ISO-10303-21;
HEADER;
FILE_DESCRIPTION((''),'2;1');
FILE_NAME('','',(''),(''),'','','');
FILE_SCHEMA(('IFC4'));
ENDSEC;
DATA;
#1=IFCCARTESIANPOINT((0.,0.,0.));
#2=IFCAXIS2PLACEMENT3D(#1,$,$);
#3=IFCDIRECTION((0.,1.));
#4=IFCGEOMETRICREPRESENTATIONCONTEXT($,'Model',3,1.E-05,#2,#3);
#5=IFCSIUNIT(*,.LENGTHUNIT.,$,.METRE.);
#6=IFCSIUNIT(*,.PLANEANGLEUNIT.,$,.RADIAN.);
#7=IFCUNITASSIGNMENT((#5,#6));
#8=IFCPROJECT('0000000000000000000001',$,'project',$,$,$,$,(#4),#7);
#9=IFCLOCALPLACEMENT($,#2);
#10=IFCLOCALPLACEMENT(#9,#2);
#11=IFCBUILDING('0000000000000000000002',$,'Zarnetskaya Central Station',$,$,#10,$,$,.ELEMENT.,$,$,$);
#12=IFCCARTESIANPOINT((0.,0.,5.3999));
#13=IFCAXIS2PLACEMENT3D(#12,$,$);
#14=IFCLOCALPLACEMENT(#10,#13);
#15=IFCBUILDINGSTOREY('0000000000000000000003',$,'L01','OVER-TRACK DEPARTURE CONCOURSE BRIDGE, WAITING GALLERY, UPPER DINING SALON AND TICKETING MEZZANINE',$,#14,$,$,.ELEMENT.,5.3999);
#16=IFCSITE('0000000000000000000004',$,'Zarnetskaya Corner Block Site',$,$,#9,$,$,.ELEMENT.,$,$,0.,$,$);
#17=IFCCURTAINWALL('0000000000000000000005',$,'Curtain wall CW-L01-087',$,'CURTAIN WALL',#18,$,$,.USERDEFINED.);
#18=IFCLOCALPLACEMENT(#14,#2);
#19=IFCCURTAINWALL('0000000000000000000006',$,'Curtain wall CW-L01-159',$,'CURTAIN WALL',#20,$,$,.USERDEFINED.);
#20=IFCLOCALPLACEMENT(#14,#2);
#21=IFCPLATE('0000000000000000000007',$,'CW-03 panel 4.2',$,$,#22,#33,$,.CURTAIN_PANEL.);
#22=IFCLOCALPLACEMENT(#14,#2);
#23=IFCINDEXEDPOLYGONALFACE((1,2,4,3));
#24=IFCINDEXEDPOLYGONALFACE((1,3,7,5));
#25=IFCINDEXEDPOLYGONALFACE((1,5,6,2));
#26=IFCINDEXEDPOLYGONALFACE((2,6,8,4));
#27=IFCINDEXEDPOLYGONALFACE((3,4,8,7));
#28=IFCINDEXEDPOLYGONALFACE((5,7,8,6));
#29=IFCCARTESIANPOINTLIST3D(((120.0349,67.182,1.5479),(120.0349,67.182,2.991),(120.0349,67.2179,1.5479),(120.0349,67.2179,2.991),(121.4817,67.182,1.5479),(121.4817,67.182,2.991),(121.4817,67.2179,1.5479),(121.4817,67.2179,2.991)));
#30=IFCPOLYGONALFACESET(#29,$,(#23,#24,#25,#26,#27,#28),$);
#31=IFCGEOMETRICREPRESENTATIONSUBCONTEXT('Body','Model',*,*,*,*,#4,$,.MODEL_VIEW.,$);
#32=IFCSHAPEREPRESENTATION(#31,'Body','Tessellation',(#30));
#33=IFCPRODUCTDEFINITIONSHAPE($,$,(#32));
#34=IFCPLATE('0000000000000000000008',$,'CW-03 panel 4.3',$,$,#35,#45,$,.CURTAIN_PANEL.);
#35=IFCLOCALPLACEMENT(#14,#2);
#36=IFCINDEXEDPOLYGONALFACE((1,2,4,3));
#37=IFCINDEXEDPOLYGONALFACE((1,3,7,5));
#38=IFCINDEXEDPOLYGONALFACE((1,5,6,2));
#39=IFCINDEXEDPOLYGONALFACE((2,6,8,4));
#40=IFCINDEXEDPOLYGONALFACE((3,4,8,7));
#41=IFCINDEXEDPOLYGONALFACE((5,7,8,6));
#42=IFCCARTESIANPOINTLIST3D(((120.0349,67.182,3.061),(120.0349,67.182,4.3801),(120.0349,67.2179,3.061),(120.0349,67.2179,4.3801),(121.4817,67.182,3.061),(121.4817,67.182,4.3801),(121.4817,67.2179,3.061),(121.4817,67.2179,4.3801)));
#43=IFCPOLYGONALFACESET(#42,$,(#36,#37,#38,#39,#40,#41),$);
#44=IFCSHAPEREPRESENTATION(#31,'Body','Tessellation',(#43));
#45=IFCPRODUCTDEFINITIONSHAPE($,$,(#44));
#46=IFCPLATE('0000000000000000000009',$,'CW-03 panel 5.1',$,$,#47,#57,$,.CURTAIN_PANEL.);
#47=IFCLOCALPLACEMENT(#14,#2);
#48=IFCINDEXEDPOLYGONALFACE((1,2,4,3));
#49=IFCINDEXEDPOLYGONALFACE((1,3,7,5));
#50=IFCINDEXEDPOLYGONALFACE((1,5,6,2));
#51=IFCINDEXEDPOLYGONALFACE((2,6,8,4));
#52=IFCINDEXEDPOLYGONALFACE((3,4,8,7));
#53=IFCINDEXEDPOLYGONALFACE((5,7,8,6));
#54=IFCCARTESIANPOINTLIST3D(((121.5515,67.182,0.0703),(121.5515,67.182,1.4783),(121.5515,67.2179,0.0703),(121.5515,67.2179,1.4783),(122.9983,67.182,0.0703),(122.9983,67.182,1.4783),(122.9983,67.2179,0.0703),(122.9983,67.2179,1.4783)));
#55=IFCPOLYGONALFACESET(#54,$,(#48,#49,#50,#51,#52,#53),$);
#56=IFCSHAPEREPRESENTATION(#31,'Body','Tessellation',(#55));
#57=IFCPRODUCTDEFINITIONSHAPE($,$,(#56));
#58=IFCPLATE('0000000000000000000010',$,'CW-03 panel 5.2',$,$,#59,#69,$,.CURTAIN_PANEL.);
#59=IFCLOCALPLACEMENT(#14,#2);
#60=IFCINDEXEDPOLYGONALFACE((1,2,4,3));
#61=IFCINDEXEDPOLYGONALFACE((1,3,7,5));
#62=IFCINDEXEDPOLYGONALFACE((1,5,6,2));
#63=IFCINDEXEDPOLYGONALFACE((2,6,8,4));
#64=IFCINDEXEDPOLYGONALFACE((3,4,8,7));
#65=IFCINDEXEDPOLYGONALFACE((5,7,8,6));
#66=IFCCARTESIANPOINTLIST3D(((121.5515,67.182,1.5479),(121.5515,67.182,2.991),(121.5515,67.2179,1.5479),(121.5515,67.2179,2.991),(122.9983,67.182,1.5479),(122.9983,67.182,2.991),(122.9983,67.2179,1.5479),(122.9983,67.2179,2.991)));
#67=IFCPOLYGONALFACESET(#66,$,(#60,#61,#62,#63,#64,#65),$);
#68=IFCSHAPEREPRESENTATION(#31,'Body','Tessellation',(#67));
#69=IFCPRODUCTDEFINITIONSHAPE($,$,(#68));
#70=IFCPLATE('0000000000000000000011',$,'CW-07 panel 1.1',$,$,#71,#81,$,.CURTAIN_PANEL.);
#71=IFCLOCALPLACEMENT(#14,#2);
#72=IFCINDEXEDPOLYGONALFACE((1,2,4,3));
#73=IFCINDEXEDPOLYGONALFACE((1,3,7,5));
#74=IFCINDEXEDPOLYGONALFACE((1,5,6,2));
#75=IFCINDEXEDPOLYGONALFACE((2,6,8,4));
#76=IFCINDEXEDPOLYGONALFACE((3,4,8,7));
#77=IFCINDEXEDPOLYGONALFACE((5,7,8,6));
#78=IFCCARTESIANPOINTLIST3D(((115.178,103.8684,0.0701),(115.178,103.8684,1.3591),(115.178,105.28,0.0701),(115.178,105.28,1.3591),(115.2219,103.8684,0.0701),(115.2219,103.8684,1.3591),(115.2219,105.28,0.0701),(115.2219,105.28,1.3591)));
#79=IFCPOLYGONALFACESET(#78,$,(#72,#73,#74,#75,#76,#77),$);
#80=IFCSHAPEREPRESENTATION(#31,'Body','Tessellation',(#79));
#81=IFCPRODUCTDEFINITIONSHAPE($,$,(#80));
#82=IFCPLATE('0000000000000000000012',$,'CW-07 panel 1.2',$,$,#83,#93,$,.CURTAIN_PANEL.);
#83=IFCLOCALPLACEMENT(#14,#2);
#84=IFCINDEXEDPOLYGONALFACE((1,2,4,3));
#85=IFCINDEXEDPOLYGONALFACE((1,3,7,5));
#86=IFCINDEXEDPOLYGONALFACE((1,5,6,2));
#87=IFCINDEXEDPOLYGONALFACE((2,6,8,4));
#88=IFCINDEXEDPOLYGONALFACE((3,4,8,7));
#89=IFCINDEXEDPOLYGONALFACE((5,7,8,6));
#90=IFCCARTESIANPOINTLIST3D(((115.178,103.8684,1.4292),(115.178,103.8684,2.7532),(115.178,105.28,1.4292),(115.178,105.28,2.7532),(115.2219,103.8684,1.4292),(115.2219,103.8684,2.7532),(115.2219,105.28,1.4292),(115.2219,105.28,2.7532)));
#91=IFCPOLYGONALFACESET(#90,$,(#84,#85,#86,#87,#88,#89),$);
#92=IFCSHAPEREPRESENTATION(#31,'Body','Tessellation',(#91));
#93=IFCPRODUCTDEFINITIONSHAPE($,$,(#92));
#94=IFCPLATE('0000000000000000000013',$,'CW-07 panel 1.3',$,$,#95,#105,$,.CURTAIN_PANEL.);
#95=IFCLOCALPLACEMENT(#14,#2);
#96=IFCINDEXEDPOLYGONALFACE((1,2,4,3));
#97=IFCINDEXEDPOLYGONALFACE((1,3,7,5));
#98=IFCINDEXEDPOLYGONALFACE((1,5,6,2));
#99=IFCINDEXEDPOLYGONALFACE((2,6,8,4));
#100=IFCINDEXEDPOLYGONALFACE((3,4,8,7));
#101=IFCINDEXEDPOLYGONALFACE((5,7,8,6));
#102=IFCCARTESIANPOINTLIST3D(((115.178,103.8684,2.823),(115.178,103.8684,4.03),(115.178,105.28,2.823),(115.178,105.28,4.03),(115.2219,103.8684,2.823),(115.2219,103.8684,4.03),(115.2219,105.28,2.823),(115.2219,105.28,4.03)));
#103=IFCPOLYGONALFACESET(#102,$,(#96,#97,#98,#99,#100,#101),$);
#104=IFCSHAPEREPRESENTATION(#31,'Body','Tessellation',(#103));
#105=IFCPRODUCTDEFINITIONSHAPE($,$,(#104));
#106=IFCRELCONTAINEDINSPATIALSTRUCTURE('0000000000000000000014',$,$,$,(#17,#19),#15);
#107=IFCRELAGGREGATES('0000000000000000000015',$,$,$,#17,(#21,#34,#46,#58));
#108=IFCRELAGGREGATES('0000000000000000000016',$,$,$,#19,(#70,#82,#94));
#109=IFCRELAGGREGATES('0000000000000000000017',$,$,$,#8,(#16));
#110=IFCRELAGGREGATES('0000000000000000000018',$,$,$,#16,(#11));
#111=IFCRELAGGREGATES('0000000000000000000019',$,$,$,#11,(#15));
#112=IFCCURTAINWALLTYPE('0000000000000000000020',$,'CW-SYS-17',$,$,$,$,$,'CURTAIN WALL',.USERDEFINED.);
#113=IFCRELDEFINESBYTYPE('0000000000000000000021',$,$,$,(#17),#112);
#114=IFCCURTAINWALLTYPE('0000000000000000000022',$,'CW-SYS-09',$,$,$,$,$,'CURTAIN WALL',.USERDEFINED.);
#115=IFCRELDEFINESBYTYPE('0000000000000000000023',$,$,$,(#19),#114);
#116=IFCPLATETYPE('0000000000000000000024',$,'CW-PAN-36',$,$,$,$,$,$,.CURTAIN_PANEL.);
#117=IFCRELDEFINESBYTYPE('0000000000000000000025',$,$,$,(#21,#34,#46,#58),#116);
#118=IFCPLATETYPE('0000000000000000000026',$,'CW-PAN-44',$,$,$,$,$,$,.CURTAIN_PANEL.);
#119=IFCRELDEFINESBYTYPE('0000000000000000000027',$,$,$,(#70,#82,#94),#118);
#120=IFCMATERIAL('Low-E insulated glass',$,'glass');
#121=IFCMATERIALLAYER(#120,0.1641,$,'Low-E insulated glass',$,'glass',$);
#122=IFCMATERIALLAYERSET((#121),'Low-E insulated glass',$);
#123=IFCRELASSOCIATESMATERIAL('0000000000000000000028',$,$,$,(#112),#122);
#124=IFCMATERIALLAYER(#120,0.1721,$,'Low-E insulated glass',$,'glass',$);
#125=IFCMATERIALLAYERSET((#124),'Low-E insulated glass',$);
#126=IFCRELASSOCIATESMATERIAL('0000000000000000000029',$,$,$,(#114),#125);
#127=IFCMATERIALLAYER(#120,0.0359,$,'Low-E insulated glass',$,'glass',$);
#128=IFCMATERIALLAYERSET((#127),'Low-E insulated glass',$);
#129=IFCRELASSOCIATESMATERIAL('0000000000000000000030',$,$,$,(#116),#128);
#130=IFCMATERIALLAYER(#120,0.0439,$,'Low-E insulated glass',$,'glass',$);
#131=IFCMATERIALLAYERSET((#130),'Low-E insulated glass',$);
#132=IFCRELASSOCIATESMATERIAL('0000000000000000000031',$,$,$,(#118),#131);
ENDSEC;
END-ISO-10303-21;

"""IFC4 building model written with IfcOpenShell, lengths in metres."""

from ifc_helpers import new_model, si_unit, direction, frame, origin, origin_2d, place, context, subcontext, project, spatial, rectangle, extrude, material, layer, layer_set, type_object, element, aggregate, save


model = new_model("IFC4")

# Units and contexts
model_context = context("Model", 3, precision=1e-05, world=origin(), true_north=direction((0.0, 1.0)))
body_context = subcontext(model_context, "Body", "Model", "MODEL_VIEW")
ifc_project = project(units=[si_unit("LENGTHUNIT", "METRE"), si_unit("PLANEANGLEUNIT", "RADIAN")], contexts=[model_context])

# Site, building, storey
site_placement = place(None, origin())
site = spatial("IfcSite", under=ifc_project, at=site_placement, Name="Zarnetskaya Corner Block Site", CompositionType="ELEMENT", RefElevation=0.0)
building_placement = place(site_placement, origin())
building = spatial("IfcBuilding", under=site, at=building_placement, Name="Zarnetskaya Central Station", CompositionType="ELEMENT")
storey_placement = place(building_placement, frame((0.0, 0.0, 5.3999)))
storey = spatial("IfcBuildingStorey", under=building, at=storey_placement, Name="L01", Description="OVER-TRACK DEPARTURE CONCOURSE BRIDGE, WAITING GALLERY, UPPER DINING SALON AND TICKETING MEZZANINE", CompositionType="ELEMENT", Elevation=5.3999)

# Curtain wall
ifc_material_1 = material(Name="Low-E insulated glass", Category="glass")
ifc_layer_1 = layer(ifc_material_1, 0.1641, Name="Low-E insulated glass", Category="glass")
ifc_layer_set_1 = layer_set([ifc_layer_1], Name="Low-E insulated glass")
curtain_wall_type_1 = type_object("IfcCurtainWallType", Name="CW-SYS-17", ElementType="CURTAIN WALL", PredefinedType="USERDEFINED", material=ifc_layer_set_1)
curtain_wall_1_placement = place(storey_placement, origin())
curtain_wall_1 = element("IfcCurtainWall", 1, at=curtain_wall_1_placement, inside=storey, type_object=curtain_wall_type_1, Name="Curtain wall CW-L01-087", ObjectType="CURTAIN WALL", PredefinedType="USERDEFINED")

# Curtain wall
ifc_layer_2 = layer(ifc_material_1, 0.1721, Name="Low-E insulated glass", Category="glass")
ifc_layer_set_2 = layer_set([ifc_layer_2], Name="Low-E insulated glass")
curtain_wall_type_2 = type_object("IfcCurtainWallType", Name="CW-SYS-09", ElementType="CURTAIN WALL", PredefinedType="USERDEFINED", material=ifc_layer_set_2)
curtain_wall_2_placement = place(storey_placement, origin())
curtain_wall_2 = element("IfcCurtainWall", 2, at=curtain_wall_2_placement, inside=storey, type_object=curtain_wall_type_2, Name="Curtain wall CW-L01-159", ObjectType="CURTAIN WALL", PredefinedType="USERDEFINED")

# Plates
ifc_layer_3 = layer(ifc_material_1, 0.0359, Name="Low-E insulated glass", Category="glass")
ifc_layer_set_3 = layer_set([ifc_layer_3], Name="Low-E insulated glass")
plate_type_1 = type_object("IfcPlateType", Name="CW-PAN-36", PredefinedType="CURTAIN_PANEL", material=ifc_layer_set_3)
plate_1_placement = place(storey_placement, frame((120.7583, 67.2, 1.5479), z_axis=(0.0, 0.0, 1.0), x_axis=(1.0, 0.0, 0.0)))
plate_1 = element("IfcPlate", 3, at=plate_1_placement, type_object=plate_type_1, Name="CW-03 panel 4.2", PredefinedType="CURTAIN_PANEL", context=body_context, shape_type="SweptSolid", body=[
    extrude(rectangle(XDim=1.4468, YDim=0.0359, at=origin_2d()), origin(), (0.0, 0.0, 1.0), 1.4431),
])
plate_2_placement = place(storey_placement, frame((120.7583, 67.2, 3.061), z_axis=(0.0, 0.0, 1.0), x_axis=(1.0, 0.0, 0.0)))
plate_2 = element("IfcPlate", 4, at=plate_2_placement, type_object=plate_type_1, Name="CW-03 panel 4.3", PredefinedType="CURTAIN_PANEL", context=body_context, shape_type="SweptSolid", body=[
    extrude(rectangle(XDim=1.4468, YDim=0.0359, at=origin_2d()), origin(), (0.0, 0.0, 1.0), 1.3191),
])
plate_3_placement = place(storey_placement, frame((122.2749, 67.2, 0.0703), z_axis=(0.0, 0.0, 1.0), x_axis=(1.0, 0.0, 0.0)))
plate_3 = element("IfcPlate", 5, at=plate_3_placement, type_object=plate_type_1, Name="CW-03 panel 5.1", PredefinedType="CURTAIN_PANEL", context=body_context, shape_type="SweptSolid", body=[
    extrude(rectangle(XDim=1.4468, YDim=0.0359, at=origin_2d()), origin(), (0.0, 0.0, 1.0), 1.408),
])
plate_4_placement = place(storey_placement, frame((122.2749, 67.2, 1.5479), z_axis=(0.0, 0.0, 1.0), x_axis=(1.0, 0.0, 0.0)))
plate_4 = element("IfcPlate", 6, at=plate_4_placement, type_object=plate_type_1, Name="CW-03 panel 5.2", PredefinedType="CURTAIN_PANEL", context=body_context, shape_type="SweptSolid", body=[
    extrude(rectangle(XDim=1.4468, YDim=0.0359, at=origin_2d()), origin(), (0.0, 0.0, 1.0), 1.4431),
])
aggregate(curtain_wall_1, [plate_1, plate_2, plate_3, plate_4])
ifc_layer_4 = layer(ifc_material_1, 0.0439, Name="Low-E insulated glass", Category="glass")
ifc_layer_set_4 = layer_set([ifc_layer_4], Name="Low-E insulated glass")
plate_type_2 = type_object("IfcPlateType", Name="CW-PAN-44", PredefinedType="CURTAIN_PANEL", material=ifc_layer_set_4)
plate_5_placement = place(storey_placement, frame((115.2, 104.5742, 0.0701), z_axis=(0.0, 0.0, 1.0), x_axis=(0.0, -1.0, 0.0)))
plate_5 = element("IfcPlate", 7, at=plate_5_placement, type_object=plate_type_2, Name="CW-07 panel 1.1", PredefinedType="CURTAIN_PANEL", context=body_context, shape_type="SweptSolid", body=[
    extrude(rectangle(XDim=1.4116, YDim=0.0439, at=origin_2d()), origin(), (0.0, 0.0, 1.0), 1.2891),
])
plate_6_placement = place(storey_placement, frame((115.2, 104.5742, 1.4292), z_axis=(0.0, 0.0, 1.0), x_axis=(0.0, -1.0, 0.0)))
plate_6 = element("IfcPlate", 8, at=plate_6_placement, type_object=plate_type_2, Name="CW-07 panel 1.2", PredefinedType="CURTAIN_PANEL", context=body_context, shape_type="SweptSolid", body=[
    extrude(rectangle(XDim=1.4116, YDim=0.0439, at=origin_2d()), origin(), (0.0, 0.0, 1.0), 1.324),
])
plate_7_placement = place(storey_placement, frame((115.2, 104.5742, 2.823), z_axis=(0.0, 0.0, 1.0), x_axis=(0.0, -1.0, 0.0)))
plate_7 = element("IfcPlate", 9, at=plate_7_placement, type_object=plate_type_2, Name="CW-07 panel 1.3", PredefinedType="CURTAIN_PANEL", context=body_context, shape_type="SweptSolid", body=[
    extrude(rectangle(XDim=1.4116, YDim=0.0439, at=origin_2d()), origin(), (0.0, 0.0, 1.0), 1.207),
])
aggregate(curtain_wall_2, [plate_5, plate_6, plate_7])

save(model, "model.ifc")
